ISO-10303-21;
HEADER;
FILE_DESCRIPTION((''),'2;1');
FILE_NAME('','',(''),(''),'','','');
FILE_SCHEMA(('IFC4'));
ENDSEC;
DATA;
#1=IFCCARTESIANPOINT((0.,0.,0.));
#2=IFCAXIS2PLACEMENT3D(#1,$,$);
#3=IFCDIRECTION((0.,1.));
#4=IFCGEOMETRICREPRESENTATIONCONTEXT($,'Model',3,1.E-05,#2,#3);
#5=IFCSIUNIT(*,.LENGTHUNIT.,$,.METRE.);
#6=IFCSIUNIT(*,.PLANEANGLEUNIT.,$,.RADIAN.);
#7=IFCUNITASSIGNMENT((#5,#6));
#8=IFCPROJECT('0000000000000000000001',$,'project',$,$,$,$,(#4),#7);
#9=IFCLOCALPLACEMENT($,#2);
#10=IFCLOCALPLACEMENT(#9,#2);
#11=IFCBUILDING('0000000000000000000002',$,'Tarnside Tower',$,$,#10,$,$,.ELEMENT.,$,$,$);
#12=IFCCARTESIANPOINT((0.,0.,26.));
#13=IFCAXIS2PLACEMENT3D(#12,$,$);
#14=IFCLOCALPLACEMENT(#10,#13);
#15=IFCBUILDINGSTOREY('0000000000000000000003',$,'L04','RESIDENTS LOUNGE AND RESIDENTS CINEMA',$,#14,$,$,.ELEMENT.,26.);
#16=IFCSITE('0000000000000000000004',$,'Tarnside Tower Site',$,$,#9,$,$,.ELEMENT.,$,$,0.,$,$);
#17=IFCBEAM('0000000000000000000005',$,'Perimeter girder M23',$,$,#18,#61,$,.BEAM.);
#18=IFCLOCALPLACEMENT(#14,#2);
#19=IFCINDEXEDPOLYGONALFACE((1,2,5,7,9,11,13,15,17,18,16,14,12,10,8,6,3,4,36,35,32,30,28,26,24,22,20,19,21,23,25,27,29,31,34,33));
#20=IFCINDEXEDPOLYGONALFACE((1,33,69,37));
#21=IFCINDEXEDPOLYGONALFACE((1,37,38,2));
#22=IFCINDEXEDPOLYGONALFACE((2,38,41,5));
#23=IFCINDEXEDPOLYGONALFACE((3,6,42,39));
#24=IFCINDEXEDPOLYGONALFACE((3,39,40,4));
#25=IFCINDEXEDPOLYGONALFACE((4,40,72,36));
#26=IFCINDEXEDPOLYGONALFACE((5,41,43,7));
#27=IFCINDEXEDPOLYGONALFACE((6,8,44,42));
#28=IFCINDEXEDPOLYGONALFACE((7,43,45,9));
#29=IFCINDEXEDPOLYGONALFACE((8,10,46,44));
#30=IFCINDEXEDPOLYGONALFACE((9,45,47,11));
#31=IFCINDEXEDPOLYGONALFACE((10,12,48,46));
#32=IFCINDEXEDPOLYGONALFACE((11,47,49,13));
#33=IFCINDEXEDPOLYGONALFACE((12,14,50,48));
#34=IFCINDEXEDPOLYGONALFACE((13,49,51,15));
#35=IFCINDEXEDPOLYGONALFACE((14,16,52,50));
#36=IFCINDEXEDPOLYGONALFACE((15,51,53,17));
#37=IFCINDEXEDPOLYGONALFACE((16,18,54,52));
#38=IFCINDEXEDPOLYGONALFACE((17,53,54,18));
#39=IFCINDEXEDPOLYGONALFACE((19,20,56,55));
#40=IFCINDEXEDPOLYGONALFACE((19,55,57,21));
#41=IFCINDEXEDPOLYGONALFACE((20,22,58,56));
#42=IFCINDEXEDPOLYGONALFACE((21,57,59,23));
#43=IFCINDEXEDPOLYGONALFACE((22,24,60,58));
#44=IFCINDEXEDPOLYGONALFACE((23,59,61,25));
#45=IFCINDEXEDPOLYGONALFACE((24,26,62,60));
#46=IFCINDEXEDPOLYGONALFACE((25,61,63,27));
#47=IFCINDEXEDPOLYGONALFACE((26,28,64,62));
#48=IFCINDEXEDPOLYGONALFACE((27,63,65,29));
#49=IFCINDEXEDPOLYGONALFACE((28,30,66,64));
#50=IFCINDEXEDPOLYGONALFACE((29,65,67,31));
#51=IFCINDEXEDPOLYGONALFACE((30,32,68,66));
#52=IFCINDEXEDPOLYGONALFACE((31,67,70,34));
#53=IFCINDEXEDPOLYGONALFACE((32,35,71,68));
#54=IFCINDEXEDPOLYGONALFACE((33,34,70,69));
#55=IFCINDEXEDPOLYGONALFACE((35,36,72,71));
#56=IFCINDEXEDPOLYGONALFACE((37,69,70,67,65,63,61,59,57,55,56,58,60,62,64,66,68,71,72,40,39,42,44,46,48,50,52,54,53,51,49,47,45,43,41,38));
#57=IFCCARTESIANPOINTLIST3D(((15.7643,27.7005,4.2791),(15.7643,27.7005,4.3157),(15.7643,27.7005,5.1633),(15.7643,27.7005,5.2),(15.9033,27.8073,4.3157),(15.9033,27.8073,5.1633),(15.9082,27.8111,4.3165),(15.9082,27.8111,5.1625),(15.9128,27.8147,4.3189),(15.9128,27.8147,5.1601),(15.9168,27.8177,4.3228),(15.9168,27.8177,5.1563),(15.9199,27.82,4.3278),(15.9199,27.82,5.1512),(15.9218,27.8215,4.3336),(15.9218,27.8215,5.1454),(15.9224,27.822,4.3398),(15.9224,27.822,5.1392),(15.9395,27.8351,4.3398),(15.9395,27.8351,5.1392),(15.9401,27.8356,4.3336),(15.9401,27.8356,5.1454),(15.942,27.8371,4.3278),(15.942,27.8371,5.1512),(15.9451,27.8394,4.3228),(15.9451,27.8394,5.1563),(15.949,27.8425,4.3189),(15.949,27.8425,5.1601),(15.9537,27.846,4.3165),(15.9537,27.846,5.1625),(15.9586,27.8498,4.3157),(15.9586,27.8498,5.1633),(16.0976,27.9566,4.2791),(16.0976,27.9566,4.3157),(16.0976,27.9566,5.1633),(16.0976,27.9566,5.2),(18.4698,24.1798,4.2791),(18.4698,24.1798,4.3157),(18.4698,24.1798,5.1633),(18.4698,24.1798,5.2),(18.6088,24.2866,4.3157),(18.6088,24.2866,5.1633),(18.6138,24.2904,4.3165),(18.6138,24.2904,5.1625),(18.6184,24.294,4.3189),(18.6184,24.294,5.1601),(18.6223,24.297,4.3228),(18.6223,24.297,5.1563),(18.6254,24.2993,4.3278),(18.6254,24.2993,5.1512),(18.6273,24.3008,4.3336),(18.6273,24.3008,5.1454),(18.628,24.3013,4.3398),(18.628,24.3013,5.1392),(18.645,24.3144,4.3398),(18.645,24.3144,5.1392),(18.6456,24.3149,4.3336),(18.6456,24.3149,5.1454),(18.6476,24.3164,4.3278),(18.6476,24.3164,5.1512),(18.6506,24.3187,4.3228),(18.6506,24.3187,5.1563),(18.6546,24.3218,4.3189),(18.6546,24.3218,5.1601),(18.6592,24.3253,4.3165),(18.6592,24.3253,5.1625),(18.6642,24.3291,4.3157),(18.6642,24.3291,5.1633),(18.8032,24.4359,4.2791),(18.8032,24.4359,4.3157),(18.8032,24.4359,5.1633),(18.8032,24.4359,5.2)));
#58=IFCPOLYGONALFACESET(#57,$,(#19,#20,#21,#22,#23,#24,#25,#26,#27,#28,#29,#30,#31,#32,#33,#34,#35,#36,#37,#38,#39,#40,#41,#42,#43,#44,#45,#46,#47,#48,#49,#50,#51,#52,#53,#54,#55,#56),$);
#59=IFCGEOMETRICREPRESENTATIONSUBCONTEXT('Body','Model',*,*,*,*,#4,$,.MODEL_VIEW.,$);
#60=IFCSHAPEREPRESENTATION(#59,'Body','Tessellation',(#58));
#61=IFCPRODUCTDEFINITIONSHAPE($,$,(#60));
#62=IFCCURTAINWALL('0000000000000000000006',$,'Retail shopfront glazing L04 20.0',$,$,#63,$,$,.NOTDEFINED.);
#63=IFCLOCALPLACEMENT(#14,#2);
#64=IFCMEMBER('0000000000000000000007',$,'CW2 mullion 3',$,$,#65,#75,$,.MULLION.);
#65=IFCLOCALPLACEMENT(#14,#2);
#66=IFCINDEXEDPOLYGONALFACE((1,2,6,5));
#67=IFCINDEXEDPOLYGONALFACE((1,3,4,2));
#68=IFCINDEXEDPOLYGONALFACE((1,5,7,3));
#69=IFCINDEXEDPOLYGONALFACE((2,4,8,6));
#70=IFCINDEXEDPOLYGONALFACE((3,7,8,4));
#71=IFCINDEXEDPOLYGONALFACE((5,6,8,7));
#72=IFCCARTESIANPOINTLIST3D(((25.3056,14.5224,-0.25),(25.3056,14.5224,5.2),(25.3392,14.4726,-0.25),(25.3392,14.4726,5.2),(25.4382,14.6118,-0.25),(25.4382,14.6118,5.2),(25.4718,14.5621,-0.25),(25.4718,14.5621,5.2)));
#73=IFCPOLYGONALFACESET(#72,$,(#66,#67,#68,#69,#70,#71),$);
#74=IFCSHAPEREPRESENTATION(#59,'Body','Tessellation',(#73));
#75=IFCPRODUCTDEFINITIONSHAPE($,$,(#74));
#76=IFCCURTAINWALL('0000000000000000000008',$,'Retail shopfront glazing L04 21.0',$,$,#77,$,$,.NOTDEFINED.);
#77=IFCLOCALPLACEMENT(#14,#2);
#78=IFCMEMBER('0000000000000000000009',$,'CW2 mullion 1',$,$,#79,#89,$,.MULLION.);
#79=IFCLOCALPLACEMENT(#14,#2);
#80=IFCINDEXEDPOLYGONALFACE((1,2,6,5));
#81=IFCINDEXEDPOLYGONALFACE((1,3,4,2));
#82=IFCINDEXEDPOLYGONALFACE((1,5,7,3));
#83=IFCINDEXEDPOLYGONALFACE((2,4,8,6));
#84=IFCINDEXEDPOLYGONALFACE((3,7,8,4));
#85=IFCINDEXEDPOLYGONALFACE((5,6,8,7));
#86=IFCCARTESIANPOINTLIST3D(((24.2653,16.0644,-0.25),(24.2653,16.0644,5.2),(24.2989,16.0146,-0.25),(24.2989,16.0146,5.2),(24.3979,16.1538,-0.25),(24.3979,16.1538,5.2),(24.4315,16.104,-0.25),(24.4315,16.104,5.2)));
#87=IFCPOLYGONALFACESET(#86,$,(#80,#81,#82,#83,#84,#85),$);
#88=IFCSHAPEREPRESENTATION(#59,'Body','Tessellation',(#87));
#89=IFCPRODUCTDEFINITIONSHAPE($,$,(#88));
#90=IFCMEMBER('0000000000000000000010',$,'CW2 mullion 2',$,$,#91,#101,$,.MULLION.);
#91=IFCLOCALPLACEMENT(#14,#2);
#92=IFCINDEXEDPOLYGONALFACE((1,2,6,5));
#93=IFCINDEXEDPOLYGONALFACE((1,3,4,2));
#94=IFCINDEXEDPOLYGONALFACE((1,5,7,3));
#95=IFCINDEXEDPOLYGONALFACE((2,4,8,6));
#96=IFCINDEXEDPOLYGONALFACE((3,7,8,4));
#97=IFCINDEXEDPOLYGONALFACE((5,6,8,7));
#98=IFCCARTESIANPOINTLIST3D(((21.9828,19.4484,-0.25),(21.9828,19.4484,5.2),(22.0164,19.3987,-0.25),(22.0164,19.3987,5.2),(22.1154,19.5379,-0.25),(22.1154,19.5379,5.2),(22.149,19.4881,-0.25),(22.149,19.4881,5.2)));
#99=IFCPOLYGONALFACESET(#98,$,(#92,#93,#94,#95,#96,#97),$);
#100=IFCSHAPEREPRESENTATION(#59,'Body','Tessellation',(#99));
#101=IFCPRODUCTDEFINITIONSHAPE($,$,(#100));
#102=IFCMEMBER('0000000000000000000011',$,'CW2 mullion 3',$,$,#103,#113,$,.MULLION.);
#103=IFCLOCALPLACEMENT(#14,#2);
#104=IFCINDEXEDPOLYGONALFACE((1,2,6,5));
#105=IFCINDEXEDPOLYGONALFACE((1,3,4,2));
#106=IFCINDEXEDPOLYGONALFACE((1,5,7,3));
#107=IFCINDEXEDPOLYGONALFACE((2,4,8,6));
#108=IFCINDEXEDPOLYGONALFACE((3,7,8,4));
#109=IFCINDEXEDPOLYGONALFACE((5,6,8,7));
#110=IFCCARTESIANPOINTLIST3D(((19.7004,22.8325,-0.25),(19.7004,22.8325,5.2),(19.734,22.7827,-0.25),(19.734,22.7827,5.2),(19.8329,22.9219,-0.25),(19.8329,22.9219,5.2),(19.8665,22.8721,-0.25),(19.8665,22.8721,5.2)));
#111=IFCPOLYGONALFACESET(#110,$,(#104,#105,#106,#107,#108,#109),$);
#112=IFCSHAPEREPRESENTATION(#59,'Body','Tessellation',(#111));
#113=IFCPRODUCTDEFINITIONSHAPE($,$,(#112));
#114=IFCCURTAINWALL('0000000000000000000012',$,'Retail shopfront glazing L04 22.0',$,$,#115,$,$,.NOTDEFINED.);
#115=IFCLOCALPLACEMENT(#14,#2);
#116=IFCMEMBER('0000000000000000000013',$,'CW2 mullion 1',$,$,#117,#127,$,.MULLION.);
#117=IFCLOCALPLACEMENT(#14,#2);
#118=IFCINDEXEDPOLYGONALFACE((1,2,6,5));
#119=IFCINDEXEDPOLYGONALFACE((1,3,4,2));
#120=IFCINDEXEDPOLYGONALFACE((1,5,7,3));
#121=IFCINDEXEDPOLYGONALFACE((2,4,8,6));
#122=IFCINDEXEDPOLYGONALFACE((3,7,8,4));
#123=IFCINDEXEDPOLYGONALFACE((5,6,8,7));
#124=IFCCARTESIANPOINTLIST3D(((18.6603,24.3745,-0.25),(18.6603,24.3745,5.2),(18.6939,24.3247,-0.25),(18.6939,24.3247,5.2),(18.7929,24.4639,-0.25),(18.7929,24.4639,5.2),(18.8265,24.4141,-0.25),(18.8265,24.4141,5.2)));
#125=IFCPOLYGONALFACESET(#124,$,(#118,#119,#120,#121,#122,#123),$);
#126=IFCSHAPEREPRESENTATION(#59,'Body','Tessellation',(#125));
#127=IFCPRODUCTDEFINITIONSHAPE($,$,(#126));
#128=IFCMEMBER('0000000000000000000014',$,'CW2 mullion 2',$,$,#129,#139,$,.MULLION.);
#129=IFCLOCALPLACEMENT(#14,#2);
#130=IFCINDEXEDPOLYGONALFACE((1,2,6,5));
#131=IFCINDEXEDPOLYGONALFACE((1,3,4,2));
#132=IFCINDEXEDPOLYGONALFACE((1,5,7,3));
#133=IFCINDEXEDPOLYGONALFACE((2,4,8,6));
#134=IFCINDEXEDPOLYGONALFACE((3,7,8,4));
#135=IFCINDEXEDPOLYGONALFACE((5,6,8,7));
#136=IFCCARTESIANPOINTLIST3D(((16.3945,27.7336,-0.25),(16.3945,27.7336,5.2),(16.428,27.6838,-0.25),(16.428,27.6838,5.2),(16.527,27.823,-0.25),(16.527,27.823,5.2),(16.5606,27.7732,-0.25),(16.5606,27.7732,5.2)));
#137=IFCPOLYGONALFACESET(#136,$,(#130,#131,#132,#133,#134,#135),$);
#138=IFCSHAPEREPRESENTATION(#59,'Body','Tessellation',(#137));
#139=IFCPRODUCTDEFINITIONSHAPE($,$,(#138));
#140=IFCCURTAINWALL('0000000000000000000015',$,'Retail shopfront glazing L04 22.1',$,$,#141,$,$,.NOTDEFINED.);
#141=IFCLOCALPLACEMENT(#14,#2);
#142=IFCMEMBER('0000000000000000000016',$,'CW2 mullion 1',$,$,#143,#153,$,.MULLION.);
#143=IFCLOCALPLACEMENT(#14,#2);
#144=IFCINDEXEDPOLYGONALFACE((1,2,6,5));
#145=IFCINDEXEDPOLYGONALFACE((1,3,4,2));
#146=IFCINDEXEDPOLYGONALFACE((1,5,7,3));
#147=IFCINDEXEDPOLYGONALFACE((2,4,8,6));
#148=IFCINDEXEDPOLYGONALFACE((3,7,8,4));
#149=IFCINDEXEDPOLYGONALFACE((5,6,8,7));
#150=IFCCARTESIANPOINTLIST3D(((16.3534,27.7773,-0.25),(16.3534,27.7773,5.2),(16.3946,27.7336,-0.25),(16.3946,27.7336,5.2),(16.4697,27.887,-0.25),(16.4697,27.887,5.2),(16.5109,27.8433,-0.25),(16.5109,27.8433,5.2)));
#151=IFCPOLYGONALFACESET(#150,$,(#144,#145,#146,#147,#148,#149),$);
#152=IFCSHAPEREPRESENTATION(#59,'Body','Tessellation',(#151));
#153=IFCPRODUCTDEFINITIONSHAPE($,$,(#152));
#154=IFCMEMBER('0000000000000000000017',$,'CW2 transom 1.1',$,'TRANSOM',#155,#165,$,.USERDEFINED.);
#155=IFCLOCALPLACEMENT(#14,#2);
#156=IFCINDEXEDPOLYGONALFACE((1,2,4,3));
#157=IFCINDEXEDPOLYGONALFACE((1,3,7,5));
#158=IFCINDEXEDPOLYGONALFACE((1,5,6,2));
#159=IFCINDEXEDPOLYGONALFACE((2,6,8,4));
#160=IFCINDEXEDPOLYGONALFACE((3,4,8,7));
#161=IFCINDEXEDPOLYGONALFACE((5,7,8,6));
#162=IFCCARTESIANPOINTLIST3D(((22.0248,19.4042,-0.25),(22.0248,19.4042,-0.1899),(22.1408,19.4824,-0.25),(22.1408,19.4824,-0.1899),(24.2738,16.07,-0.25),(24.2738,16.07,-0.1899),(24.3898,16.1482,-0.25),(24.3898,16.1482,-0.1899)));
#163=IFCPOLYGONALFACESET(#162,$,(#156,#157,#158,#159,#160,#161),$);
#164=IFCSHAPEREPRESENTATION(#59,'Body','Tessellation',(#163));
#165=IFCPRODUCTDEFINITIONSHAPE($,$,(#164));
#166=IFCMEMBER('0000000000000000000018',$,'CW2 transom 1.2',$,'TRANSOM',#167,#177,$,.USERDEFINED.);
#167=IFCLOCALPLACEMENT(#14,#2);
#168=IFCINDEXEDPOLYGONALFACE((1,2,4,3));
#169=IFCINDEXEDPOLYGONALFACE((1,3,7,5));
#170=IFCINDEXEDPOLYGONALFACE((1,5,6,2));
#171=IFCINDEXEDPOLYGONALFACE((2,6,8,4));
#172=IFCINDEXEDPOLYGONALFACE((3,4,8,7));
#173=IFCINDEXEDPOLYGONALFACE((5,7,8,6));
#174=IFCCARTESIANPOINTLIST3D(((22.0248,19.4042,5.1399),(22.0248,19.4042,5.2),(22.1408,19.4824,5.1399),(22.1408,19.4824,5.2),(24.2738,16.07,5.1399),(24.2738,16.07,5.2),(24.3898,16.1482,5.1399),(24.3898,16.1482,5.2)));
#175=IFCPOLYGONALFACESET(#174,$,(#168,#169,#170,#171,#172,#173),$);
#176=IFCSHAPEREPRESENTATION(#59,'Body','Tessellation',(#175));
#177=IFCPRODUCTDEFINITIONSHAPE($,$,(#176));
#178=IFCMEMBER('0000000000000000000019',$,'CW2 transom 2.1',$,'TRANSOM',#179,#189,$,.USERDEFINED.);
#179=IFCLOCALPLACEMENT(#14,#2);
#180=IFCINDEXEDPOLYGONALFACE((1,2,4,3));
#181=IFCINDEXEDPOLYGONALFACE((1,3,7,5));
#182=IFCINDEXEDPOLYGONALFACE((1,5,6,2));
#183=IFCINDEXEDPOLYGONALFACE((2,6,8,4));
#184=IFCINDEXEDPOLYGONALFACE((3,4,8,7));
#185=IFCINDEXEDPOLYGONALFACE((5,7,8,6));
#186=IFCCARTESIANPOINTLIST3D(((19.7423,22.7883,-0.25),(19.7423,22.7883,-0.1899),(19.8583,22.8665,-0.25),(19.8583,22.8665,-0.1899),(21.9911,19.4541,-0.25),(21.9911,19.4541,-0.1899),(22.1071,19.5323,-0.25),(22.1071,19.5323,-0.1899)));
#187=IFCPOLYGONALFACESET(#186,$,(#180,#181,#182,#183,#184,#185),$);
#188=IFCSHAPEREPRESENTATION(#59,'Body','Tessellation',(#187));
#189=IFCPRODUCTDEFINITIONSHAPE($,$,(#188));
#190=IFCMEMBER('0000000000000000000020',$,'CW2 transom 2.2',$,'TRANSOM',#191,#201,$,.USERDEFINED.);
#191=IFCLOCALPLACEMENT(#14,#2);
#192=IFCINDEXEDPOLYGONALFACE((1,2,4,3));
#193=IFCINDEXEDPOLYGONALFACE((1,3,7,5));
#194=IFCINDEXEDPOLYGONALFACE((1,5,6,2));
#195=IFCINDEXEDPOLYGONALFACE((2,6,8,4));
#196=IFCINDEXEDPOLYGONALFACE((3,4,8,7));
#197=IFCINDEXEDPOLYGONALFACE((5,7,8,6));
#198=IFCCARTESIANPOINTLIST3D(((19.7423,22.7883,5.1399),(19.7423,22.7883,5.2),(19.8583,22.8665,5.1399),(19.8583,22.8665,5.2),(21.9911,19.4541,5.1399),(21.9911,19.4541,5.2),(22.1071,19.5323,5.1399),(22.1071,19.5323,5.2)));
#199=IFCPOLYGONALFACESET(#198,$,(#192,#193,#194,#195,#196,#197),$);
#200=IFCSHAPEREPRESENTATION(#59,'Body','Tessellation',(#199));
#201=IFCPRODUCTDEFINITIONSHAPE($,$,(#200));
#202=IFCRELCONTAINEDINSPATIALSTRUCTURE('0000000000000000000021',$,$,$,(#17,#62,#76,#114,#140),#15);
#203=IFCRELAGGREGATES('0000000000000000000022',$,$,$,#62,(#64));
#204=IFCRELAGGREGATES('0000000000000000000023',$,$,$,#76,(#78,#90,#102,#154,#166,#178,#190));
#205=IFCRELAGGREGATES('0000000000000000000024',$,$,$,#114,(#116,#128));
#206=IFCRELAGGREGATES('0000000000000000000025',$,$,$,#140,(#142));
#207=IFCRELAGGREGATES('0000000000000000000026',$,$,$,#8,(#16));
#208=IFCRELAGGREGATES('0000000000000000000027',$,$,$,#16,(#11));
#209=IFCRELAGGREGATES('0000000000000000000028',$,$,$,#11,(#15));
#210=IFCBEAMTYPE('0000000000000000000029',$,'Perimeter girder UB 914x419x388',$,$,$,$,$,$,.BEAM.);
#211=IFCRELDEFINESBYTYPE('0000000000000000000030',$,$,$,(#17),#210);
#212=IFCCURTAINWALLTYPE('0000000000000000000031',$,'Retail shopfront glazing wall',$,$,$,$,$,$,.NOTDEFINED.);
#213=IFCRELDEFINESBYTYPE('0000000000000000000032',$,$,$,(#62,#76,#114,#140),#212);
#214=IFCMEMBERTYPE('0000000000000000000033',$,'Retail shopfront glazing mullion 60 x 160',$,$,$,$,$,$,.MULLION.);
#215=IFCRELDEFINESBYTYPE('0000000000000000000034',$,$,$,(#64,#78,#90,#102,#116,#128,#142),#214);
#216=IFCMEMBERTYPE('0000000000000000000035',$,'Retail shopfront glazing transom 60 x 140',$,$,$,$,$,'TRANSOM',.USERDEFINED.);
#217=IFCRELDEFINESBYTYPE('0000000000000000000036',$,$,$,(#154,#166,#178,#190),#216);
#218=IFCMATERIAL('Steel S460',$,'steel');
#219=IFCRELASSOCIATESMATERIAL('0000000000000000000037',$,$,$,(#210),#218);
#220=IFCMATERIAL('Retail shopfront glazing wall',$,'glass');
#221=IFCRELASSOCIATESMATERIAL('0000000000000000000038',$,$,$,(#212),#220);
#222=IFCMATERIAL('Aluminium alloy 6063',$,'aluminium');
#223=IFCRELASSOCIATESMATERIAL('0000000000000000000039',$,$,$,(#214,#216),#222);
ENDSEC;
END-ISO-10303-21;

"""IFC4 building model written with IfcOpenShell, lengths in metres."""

from ifc_helpers import new_model, si_unit, direction, frame, origin, origin_2d, place, context, subcontext, project, spatial, rectangle, i_section, extrude, material, material_profile, profile_set, type_object, element, aggregate, save


model = new_model("IFC4")

# Units and contexts
model_context = context("Model", 3, precision=1e-05, world=origin(), true_north=direction((0.0, 1.0)))
body_context = subcontext(model_context, "Body", "Model", "MODEL_VIEW")
ifc_project = project(units=[si_unit("LENGTHUNIT", "METRE"), si_unit("PLANEANGLEUNIT", "RADIAN")], contexts=[model_context])

# Site, building, storey
site_placement = place(None, origin())
site = spatial("IfcSite", under=ifc_project, at=site_placement, Name="Tarnside Tower Site", CompositionType="ELEMENT", RefElevation=0.0)
building_placement = place(site_placement, origin())
building = spatial("IfcBuilding", under=site, at=building_placement, Name="Tarnside Tower", CompositionType="ELEMENT")
storey_placement = place(building_placement, frame((0.0, 0.0, 26.0)))
storey = spatial("IfcBuildingStorey", under=building, at=storey_placement, Name="L04", Description="RESIDENTS LOUNGE AND RESIDENTS CINEMA", CompositionType="ELEMENT", Elevation=26.0)

# Beam
ifc_material_1 = material(Name="Steel S460", Category="steel")
ifc_material_profile_1 = material_profile(ifc_material_1, i_section(OverallWidth=0.4204, OverallDepth=0.9209, WebThickness=0.0215, FlangeThickness=0.0366, FilletRadius=0.0242, at=origin_2d()), Name="UB 914x419x388")
ifc_profile_set_1 = profile_set([ifc_material_profile_1], Name="Steel S460")
beam_type_1 = type_object("IfcBeamType", Name="Perimeter girder UB 914x419x388", PredefinedType="BEAM", material=ifc_profile_set_1)
beam_1_placement = place(storey_placement, frame((18.6365, 24.3079, 4.7395), z_axis=(-0.609328, 0.792918, 0.0), x_axis=(-0.792918, -0.609328, 0.0)))
element("IfcBeam", 1, at=beam_1_placement, inside=storey, type_object=beam_type_1, Name="Perimeter girder M23", PredefinedType="BEAM", context=body_context, shape_type="SweptSolid", body=[
    extrude(i_section(OverallWidth=0.4204, OverallDepth=0.9209, WebThickness=0.0215, FlangeThickness=0.0366, FilletRadius=0.0242, at=origin_2d()), origin(), (0.0, 0.0, 1.0), 4.4402),
])

# Curtain wall, member
ifc_material_2 = material(Name="Retail shopfront glazing wall", Category="glass")
curtain_wall_type = type_object("IfcCurtainWallType", Name="Retail shopfront glazing wall", PredefinedType="NOTDEFINED", material=ifc_material_2)
curtain_wall_1_placement = place(storey_placement, origin())
curtain_wall_1 = element("IfcCurtainWall", 2, at=curtain_wall_1_placement, inside=storey, type_object=curtain_wall_type, Name="Retail shopfront glazing L04 20.0", PredefinedType="NOTDEFINED")
ifc_material_3 = material(Name="Aluminium alloy 6063", Category="aluminium")
ifc_material_profile_2 = material_profile(ifc_material_3, rectangle(XDim=0.1599, YDim=0.0601, at=origin_2d()), Name="Retail shopfront glazing mullion 60 x 160")
ifc_profile_set_2 = profile_set([ifc_material_profile_2], Name="Aluminium alloy 6063")
member_type_1 = type_object("IfcMemberType", Name="Retail shopfront glazing mullion 60 x 160", PredefinedType="MULLION", material=ifc_profile_set_2)
member_1_placement = place(storey_placement, frame((25.3887, 14.5422, -0.25), z_axis=(0.0, 0.0, 1.0), x_axis=(-0.829038, -0.559193, 0.0)))
member_1 = element("IfcMember", 3, at=member_1_placement, type_object=member_type_1, Name="CW2 mullion 3", PredefinedType="MULLION", context=body_context, shape_type="SweptSolid", body=[
    extrude(rectangle(XDim=0.1599, YDim=0.0601, at=origin_2d()), origin(), (0.0, 0.0, 1.0), 5.45),
])

# Curtain walls, members
curtain_wall_2_placement = place(storey_placement, origin())
curtain_wall_2 = element("IfcCurtainWall", 4, at=curtain_wall_2_placement, inside=storey, type_object=curtain_wall_type, Name="Retail shopfront glazing L04 21.0", PredefinedType="NOTDEFINED")
member_2_placement = place(storey_placement, frame((24.3484, 16.0842, -0.25), z_axis=(0.0, 0.0, 1.0), x_axis=(-0.829038, -0.559193, 0.0)))
member_2 = element("IfcMember", 5, at=member_2_placement, type_object=member_type_1, Name="CW2 mullion 1", PredefinedType="MULLION", context=body_context, shape_type="SweptSolid", body=[
    extrude(rectangle(XDim=0.1599, YDim=0.0601, at=origin_2d()), origin(), (0.0, 0.0, 1.0), 5.45),
])
member_3_placement = place(storey_placement, frame((22.0659, 19.4683, -0.25), z_axis=(0.0, 0.0, 1.0), x_axis=(-0.829038, -0.559193, 0.0)))
member_3 = element("IfcMember", 6, at=member_3_placement, type_object=member_type_1, Name="CW2 mullion 2", PredefinedType="MULLION", context=body_context, shape_type="SweptSolid", body=[
    extrude(rectangle(XDim=0.1599, YDim=0.0601, at=origin_2d()), origin(), (0.0, 0.0, 1.0), 5.45),
])
member_4_placement = place(storey_placement, frame((19.7834, 22.8523, -0.25), z_axis=(0.0, 0.0, 1.0), x_axis=(-0.829038, -0.559193, 0.0)))
member_4 = element("IfcMember", 7, at=member_4_placement, type_object=member_type_1, Name="CW2 mullion 3", PredefinedType="MULLION", context=body_context, shape_type="SweptSolid", body=[
    extrude(rectangle(XDim=0.1599, YDim=0.0601, at=origin_2d()), origin(), (0.0, 0.0, 1.0), 5.45),
])
curtain_wall_3_placement = place(storey_placement, origin())
curtain_wall_3 = element("IfcCurtainWall", 8, at=curtain_wall_3_placement, inside=storey, type_object=curtain_wall_type, Name="Retail shopfront glazing L04 22.0", PredefinedType="NOTDEFINED")
member_5_placement = place(storey_placement, frame((18.7434, 24.3943, -0.25), z_axis=(0.0, 0.0, 1.0), x_axis=(-0.829038, -0.559193, 0.0)))
member_5 = element("IfcMember", 9, at=member_5_placement, type_object=member_type_1, Name="CW2 mullion 1", PredefinedType="MULLION", context=body_context, shape_type="SweptSolid", body=[
    extrude(rectangle(XDim=0.1599, YDim=0.0601, at=origin_2d()), origin(), (0.0, 0.0, 1.0), 5.45),
])
member_6_placement = place(storey_placement, frame((16.4775, 27.7534, -0.25), z_axis=(0.0, 0.0, 1.0), x_axis=(-0.829038, -0.559193, 0.0)))
member_6 = element("IfcMember", 10, at=member_6_placement, type_object=member_type_1, Name="CW2 mullion 2", PredefinedType="MULLION", context=body_context, shape_type="SweptSolid", body=[
    extrude(rectangle(XDim=0.1599, YDim=0.0601, at=origin_2d()), origin(), (0.0, 0.0, 1.0), 5.45),
])

# Curtain wall, member
curtain_wall_4_placement = place(storey_placement, origin())
curtain_wall_4 = element("IfcCurtainWall", 11, at=curtain_wall_4_placement, inside=storey, type_object=curtain_wall_type, Name="Retail shopfront glazing L04 22.1", PredefinedType="NOTDEFINED")
member_7_placement = place(storey_placement, frame((16.4321, 27.8103, -0.25), z_axis=(0.0, 0.0, 1.0), x_axis=(-0.727374, -0.686242, 0.0)))
member_7 = element("IfcMember", 12, at=member_7_placement, type_object=member_type_1, Name="CW2 mullion 1", PredefinedType="MULLION", context=body_context, shape_type="SweptSolid", body=[
    extrude(rectangle(XDim=0.1599, YDim=0.0601, at=origin_2d()), origin(), (0.0, 0.0, 1.0), 5.45),
])

# Members
ifc_material_profile_3 = material_profile(ifc_material_3, rectangle(XDim=0.1399, YDim=0.0601, at=origin_2d()), Name="Retail shopfront glazing transom 60 x 140")
ifc_profile_set_3 = profile_set([ifc_material_profile_3], Name="Aluminium alloy 6063")
member_type_2 = type_object("IfcMemberType", Name="Retail shopfront glazing transom 60 x 140", ElementType="TRANSOM", PredefinedType="USERDEFINED", material=ifc_profile_set_3)
member_8_placement = place(storey_placement, frame((24.3318, 16.1091, -0.22), z_axis=(-0.559203, 0.829031, 0.0), x_axis=(-0.829031, -0.559203, 0.0)))
member_8 = element("IfcMember", 13, at=member_8_placement, type_object=member_type_2, Name="CW2 transom 1.1", ObjectType="TRANSOM", PredefinedType="USERDEFINED", context=body_context, shape_type="SweptSolid", body=[
    extrude(rectangle(XDim=0.1399, YDim=0.0601, at=origin_2d()), origin(), (0.0, 0.0, 1.0), 4.0217),
])
member_9_placement = place(storey_placement, frame((24.3318, 16.1091, 5.1699), z_axis=(-0.559203, 0.829031, 0.0), x_axis=(-0.829031, -0.559203, 0.0)))
member_9 = element("IfcMember", 14, at=member_9_placement, type_object=member_type_2, Name="CW2 transom 1.2", ObjectType="TRANSOM", PredefinedType="USERDEFINED", context=body_context, shape_type="SweptSolid", body=[
    extrude(rectangle(XDim=0.1399, YDim=0.0601, at=origin_2d()), origin(), (0.0, 0.0, 1.0), 4.0217),
])
member_10_placement = place(storey_placement, frame((22.0491, 19.4932, -0.22), z_axis=(-0.559161, 0.829059, 0.0), x_axis=(-0.829059, -0.559161, 0.0)))
member_10 = element("IfcMember", 15, at=member_10_placement, type_object=member_type_2, Name="CW2 transom 2.1", ObjectType="TRANSOM", PredefinedType="USERDEFINED", context=body_context, shape_type="SweptSolid", body=[
    extrude(rectangle(XDim=0.1399, YDim=0.0601, at=origin_2d()), origin(), (0.0, 0.0, 1.0), 4.0217),
])
member_11_placement = place(storey_placement, frame((22.0491, 19.4932, 5.1699), z_axis=(-0.559161, 0.829059, 0.0), x_axis=(-0.829059, -0.559161, 0.0)))
member_11 = element("IfcMember", 16, at=member_11_placement, type_object=member_type_2, Name="CW2 transom 2.2", ObjectType="TRANSOM", PredefinedType="USERDEFINED", context=body_context, shape_type="SweptSolid", body=[
    extrude(rectangle(XDim=0.1399, YDim=0.0601, at=origin_2d()), origin(), (0.0, 0.0, 1.0), 4.0217),
])

aggregate(curtain_wall_1, [member_1])
aggregate(curtain_wall_2, [member_2, member_3, member_4, member_8, member_9, member_10, member_11])
aggregate(curtain_wall_3, [member_5, member_6])
aggregate(curtain_wall_4, [member_7])

save(model, "model.ifc")
